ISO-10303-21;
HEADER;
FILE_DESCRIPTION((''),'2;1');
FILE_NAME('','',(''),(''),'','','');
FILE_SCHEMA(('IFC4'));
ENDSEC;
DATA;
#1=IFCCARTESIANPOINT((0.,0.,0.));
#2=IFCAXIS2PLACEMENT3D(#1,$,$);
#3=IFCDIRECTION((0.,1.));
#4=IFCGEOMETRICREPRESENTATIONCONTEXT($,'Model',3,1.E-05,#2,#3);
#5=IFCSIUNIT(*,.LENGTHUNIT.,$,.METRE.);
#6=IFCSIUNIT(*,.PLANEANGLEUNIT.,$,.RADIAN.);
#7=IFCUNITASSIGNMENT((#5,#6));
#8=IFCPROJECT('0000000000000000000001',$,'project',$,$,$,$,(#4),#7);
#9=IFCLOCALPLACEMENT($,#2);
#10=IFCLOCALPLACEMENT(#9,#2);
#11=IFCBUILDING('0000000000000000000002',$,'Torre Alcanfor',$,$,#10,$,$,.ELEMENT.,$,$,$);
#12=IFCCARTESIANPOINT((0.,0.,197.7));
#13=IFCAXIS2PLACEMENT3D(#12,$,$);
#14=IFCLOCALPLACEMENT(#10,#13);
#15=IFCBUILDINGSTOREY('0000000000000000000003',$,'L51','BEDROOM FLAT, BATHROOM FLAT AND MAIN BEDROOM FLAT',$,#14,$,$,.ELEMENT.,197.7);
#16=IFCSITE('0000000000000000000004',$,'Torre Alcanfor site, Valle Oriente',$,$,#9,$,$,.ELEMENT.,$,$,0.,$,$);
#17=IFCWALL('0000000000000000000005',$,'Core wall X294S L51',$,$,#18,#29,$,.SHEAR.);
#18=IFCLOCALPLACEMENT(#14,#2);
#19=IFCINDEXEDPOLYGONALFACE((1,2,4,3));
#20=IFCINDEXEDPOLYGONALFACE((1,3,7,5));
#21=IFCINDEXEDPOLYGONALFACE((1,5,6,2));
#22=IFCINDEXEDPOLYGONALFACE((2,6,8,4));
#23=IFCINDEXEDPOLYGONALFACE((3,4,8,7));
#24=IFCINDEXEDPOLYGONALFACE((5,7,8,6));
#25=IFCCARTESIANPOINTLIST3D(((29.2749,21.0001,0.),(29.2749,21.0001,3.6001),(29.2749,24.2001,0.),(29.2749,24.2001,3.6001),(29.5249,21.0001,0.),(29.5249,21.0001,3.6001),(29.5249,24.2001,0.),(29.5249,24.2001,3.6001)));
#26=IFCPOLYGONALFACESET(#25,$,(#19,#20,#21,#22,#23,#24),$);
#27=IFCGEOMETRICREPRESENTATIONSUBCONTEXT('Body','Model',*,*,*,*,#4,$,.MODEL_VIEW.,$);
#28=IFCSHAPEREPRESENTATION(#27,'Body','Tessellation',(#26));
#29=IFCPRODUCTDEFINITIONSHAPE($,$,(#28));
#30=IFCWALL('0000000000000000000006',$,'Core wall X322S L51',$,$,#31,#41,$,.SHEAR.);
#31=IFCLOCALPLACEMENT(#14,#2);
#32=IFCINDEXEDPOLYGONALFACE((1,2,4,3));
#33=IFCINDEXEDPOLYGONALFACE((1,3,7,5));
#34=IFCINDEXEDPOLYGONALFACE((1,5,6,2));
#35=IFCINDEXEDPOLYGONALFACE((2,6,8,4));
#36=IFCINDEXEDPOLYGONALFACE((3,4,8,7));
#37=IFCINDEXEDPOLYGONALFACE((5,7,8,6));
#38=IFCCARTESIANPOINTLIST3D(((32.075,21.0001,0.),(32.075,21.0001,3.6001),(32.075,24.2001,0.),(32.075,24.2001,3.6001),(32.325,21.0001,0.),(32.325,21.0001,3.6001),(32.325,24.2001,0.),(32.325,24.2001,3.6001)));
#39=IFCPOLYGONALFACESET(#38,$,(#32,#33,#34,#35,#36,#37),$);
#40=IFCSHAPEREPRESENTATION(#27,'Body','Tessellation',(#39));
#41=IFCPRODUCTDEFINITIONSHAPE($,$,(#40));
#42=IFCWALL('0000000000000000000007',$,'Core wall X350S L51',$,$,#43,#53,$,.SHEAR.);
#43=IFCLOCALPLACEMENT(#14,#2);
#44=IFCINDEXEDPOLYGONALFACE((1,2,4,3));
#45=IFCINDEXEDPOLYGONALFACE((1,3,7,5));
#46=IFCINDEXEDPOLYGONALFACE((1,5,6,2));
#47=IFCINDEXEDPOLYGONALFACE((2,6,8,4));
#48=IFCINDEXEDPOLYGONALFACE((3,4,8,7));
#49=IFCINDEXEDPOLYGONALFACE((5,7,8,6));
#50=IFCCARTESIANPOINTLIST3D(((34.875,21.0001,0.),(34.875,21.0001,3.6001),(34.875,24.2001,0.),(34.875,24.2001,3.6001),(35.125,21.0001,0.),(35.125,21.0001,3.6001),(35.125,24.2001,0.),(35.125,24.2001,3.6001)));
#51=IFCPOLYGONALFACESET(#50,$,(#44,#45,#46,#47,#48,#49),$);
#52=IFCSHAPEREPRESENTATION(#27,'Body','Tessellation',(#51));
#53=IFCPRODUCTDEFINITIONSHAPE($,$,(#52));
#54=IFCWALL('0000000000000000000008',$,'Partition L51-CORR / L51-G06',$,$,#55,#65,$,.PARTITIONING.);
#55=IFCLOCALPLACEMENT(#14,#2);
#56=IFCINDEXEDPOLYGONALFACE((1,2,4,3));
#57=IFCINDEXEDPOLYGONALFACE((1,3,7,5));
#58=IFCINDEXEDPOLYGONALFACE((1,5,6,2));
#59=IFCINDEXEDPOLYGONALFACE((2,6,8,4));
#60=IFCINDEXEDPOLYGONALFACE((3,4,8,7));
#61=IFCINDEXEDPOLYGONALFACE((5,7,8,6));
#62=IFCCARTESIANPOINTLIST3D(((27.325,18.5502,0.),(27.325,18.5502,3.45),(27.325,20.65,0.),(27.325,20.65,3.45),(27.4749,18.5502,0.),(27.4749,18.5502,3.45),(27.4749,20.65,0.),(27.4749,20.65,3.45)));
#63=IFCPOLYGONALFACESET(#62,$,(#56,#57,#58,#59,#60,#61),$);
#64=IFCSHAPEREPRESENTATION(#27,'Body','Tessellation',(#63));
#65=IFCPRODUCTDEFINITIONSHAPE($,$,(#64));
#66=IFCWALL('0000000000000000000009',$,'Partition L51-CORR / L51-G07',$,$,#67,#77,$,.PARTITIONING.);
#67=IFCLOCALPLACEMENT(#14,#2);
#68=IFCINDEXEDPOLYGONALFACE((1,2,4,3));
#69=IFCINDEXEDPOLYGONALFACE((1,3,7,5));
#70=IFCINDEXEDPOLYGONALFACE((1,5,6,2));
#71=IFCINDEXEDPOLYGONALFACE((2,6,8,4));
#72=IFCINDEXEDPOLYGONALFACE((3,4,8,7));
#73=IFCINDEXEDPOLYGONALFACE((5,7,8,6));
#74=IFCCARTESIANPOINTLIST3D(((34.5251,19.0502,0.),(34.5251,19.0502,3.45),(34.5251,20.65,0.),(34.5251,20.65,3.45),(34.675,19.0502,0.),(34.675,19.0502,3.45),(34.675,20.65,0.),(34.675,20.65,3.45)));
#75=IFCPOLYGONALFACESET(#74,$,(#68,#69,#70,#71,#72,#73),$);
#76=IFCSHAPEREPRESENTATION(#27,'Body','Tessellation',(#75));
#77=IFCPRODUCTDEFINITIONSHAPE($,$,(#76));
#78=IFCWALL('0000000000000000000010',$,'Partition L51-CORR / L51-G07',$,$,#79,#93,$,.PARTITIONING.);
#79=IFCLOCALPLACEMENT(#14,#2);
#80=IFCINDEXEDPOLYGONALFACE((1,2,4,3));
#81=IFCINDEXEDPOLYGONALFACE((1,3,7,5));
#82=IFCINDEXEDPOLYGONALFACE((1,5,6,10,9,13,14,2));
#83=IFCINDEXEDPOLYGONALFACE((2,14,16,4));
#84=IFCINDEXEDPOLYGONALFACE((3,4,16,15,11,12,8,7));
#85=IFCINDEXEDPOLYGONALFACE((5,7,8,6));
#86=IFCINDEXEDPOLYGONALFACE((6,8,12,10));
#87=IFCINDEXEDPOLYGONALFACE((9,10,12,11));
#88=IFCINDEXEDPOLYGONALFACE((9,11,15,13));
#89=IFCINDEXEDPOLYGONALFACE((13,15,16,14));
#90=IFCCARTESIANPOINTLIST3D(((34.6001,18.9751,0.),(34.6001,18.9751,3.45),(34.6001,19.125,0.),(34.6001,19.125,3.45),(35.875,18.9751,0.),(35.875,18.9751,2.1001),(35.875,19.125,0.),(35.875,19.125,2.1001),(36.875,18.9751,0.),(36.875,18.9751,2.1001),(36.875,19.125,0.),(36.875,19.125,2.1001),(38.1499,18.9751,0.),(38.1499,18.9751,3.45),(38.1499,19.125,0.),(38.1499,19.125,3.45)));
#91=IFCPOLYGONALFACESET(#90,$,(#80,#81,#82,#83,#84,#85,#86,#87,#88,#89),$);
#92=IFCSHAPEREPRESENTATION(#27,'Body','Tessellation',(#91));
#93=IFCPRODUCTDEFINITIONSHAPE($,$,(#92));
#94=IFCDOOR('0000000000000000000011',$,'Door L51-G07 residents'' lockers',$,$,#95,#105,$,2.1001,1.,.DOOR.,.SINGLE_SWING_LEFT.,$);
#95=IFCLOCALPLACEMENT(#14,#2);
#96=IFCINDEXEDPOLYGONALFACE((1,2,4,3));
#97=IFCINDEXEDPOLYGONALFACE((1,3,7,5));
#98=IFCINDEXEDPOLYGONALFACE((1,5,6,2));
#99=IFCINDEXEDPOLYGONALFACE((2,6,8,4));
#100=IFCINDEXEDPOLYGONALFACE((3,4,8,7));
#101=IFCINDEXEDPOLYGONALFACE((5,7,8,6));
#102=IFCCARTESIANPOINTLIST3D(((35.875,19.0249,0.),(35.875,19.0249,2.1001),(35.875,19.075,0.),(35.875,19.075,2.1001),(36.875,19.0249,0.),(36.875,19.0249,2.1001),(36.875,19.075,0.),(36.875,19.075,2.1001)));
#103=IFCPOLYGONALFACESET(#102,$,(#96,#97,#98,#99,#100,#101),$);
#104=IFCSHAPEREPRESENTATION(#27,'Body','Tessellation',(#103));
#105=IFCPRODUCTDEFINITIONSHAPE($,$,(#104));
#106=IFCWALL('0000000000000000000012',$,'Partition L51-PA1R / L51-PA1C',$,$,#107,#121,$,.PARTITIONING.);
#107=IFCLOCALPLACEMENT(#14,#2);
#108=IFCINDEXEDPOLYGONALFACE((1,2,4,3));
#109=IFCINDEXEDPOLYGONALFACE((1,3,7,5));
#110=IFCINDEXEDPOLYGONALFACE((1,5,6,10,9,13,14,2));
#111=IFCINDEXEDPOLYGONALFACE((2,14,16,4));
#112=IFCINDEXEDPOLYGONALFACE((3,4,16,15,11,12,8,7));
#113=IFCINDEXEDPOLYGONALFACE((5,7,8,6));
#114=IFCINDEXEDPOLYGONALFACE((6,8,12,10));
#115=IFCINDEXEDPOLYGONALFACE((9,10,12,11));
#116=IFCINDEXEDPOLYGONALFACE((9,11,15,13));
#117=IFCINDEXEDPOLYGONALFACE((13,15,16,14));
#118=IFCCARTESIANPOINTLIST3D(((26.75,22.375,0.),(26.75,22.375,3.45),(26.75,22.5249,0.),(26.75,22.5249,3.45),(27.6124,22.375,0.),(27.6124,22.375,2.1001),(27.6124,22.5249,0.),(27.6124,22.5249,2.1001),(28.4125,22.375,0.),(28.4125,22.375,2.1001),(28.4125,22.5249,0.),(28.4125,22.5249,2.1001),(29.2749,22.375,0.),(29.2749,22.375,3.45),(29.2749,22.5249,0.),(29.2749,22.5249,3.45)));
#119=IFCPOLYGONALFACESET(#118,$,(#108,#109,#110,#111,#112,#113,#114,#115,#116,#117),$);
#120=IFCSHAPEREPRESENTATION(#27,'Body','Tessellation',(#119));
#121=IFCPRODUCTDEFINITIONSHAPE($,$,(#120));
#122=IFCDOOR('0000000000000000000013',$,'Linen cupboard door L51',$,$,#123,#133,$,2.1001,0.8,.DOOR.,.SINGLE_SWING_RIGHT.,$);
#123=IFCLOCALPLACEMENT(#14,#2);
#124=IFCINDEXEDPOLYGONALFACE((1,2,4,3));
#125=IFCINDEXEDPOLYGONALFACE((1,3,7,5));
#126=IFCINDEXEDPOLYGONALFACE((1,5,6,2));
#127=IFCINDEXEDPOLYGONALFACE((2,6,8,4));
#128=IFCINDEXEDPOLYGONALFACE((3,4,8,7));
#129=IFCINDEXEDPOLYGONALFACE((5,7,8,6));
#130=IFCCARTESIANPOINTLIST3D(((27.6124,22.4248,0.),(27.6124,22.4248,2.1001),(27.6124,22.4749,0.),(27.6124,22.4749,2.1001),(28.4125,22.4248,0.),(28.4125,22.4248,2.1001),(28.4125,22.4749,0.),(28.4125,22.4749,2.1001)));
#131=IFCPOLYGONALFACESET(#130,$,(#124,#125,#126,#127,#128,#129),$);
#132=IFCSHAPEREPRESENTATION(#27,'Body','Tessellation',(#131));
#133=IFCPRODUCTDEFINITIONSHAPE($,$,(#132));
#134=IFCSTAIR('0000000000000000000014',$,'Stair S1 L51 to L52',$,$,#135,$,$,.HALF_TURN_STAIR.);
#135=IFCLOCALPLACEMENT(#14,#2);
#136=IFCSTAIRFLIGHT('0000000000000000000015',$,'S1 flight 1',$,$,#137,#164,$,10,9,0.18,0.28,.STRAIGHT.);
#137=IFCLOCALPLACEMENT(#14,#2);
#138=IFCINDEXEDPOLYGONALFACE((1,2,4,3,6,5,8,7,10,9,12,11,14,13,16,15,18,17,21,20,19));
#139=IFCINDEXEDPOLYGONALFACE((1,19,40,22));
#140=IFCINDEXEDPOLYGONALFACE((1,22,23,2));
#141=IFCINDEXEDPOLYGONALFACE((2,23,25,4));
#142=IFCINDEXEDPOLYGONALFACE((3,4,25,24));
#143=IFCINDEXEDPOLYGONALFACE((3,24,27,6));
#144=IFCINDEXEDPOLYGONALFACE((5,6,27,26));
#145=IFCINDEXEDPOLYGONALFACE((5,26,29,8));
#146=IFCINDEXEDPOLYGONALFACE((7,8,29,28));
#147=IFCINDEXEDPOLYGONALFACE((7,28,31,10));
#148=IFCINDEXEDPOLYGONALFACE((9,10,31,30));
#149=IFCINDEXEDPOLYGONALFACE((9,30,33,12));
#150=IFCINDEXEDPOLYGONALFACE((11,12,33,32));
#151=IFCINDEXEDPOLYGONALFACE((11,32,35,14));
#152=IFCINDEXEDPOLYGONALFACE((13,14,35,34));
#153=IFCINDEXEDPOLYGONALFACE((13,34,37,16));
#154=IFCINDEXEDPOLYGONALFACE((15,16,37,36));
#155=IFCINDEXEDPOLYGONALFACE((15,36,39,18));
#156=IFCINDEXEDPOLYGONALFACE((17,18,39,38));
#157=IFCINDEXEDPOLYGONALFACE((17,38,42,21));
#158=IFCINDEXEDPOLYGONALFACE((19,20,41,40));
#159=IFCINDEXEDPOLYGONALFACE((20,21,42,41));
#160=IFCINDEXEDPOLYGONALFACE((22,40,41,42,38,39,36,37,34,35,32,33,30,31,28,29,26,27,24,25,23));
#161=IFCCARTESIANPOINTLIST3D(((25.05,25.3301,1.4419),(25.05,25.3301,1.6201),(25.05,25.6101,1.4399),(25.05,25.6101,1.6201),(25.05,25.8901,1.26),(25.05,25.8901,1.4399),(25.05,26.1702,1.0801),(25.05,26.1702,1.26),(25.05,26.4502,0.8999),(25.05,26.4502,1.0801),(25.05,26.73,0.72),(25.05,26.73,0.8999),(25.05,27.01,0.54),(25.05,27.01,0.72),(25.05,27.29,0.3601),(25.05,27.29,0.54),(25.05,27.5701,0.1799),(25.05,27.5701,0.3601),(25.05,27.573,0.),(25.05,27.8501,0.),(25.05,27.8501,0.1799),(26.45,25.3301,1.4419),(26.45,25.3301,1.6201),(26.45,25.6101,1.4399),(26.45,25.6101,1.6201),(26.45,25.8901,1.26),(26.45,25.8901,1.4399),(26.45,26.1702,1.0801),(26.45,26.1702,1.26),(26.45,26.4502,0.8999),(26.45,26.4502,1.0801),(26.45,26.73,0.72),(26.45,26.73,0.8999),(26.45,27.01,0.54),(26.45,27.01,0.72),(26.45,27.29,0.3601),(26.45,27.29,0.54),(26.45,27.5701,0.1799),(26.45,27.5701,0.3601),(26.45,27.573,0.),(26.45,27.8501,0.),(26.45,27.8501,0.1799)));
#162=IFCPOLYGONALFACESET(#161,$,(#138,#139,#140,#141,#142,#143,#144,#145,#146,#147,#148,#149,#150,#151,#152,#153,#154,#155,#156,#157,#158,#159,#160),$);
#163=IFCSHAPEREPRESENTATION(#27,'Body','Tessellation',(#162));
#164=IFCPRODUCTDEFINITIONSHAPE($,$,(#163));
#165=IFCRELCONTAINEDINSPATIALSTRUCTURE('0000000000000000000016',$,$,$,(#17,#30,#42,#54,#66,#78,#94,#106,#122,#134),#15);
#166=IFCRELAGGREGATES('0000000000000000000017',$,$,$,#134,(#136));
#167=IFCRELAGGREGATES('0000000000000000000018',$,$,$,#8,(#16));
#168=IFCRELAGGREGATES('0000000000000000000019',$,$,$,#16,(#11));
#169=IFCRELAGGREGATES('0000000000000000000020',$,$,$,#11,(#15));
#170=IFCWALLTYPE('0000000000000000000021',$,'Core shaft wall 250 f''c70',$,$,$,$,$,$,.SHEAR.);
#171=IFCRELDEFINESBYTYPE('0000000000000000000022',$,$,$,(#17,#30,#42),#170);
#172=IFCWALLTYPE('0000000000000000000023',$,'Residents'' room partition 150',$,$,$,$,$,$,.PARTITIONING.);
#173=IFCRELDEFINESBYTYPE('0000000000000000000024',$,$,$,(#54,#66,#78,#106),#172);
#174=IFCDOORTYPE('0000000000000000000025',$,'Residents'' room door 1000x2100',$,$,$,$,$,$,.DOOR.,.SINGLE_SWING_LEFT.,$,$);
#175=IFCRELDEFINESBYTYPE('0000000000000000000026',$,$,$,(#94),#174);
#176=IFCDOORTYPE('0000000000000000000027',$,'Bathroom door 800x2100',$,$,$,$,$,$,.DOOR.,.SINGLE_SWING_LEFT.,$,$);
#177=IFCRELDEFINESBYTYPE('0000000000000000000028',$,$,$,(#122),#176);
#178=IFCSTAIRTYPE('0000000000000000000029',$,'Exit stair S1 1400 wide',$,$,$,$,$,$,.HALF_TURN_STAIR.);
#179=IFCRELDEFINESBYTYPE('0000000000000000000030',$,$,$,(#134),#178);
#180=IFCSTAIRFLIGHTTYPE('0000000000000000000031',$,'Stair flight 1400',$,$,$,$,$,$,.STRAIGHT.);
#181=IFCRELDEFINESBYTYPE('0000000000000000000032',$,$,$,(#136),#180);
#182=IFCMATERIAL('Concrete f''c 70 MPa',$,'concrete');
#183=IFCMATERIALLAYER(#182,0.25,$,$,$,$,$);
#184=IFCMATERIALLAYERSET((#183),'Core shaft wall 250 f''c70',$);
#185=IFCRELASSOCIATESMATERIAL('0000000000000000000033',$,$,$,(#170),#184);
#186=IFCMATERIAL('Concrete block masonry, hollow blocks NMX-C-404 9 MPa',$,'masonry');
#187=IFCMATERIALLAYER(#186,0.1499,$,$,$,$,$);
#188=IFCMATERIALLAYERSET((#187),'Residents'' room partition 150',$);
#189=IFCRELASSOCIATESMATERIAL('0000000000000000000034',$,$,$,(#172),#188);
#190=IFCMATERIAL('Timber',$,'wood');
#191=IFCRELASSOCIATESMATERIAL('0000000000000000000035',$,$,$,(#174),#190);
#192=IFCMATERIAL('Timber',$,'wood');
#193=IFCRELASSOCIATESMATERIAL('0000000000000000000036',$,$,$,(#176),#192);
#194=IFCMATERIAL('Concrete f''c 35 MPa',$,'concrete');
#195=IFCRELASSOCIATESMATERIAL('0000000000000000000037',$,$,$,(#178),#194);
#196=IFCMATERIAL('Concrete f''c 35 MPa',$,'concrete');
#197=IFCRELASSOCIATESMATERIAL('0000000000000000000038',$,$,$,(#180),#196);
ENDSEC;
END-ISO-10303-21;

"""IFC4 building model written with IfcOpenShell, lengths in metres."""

from ifc_helpers import new_model, si_unit, direction, frame, frame_2d, origin, place, context, subcontext, project, spatial, polyline, rectangle, outline, extrude, material, layer, layer_set, type_object, element, fill, aggregate, save


model = new_model("IFC4")

# Units and contexts
model_context = context("Model", 3, precision=1e-05, world=origin(), true_north=direction((0.0, 1.0)))
body_context = subcontext(model_context, "Body", "Model", "MODEL_VIEW")
ifc_project = project(units=[si_unit("LENGTHUNIT", "METRE"), si_unit("PLANEANGLEUNIT", "RADIAN")], contexts=[model_context])

# Site, building, storey
site_placement = place(None, origin())
site = spatial("IfcSite", under=ifc_project, at=site_placement, Name="Torre Alcanfor site, Valle Oriente", CompositionType="ELEMENT", RefElevation=0.0)
building_placement = place(site_placement, origin())
building = spatial("IfcBuilding", under=site, at=building_placement, Name="Torre Alcanfor", CompositionType="ELEMENT")
storey_placement = place(building_placement, frame((0.0, 0.0, 197.7)))
storey = spatial("IfcBuildingStorey", under=building, at=storey_placement, Name="L51", Description="BEDROOM FLAT, BATHROOM FLAT AND MAIN BEDROOM FLAT", CompositionType="ELEMENT", Elevation=197.7)

# Walls
ifc_material_1 = material(Name="Concrete f'c 70 MPa", Category="concrete")
ifc_layer_1 = layer(ifc_material_1, 0.25)
ifc_layer_set_1 = layer_set([ifc_layer_1], Name="Core shaft wall 250 f'c70")
wall_type_1 = type_object("IfcWallType", Name="Core shaft wall 250 f'c70", PredefinedType="SHEAR", material=ifc_layer_set_1)
for number, where, z_axis, x_axis, name in (
    (1, (29.3999, 21.0, 0.0), (0.0, 0.0, 1.0), (0.0, 1.0, 0.0), "Core wall X294S L51"),
    (2, (32.2, 21.0, 0.0), (0.0, 0.0, 1.0), (0.0, 1.0, 0.0), "Core wall X322S L51"),
    (3, (35.0, 21.0, 0.0), (0.0, 0.0, 1.0), (0.0, 1.0, 0.0), "Core wall X350S L51"),
):
    element("IfcWall", number, at=place(storey_placement, frame(where, z_axis=z_axis, x_axis=x_axis)), inside=storey, type_object=wall_type_1, Name=name, PredefinedType="SHEAR", context=body_context, shape_type="SweptSolid", body=[
        extrude(rectangle(XDim=3.2, YDim=0.25, at=frame_2d((1.6001, 0.0))), origin(), (0.0, 0.0, 1.0), 3.6001),
    ])
ifc_material_2 = material(Name="Concrete block masonry, hollow blocks NMX-C-404 9 MPa", Category="masonry")
ifc_layer_2 = layer(ifc_material_2, 0.1499)
ifc_layer_set_2 = layer_set([ifc_layer_2], Name="Residents' room partition 150")
wall_type_2 = type_object("IfcWallType", Name="Residents' room partition 150", PredefinedType="PARTITIONING", material=ifc_layer_set_2)
wall_1_placement = place(storey_placement, frame((27.3999, 20.6499, 0.0), z_axis=(0.0, 0.0, 1.0), x_axis=(0.0, -1.0, 0.0)))
element("IfcWall", 4, at=wall_1_placement, inside=storey, type_object=wall_type_2, Name="Partition L51-CORR / L51-G06", PredefinedType="PARTITIONING", context=body_context, shape_type="SweptSolid", body=[
    extrude(rectangle(XDim=2.0999, YDim=0.1499, at=frame_2d((1.0498, 0.0))), origin(), (0.0, 0.0, 1.0), 3.45),
])
wall_2_placement = place(storey_placement, frame((34.6001, 20.6499, 0.0), z_axis=(0.0, 0.0, 1.0), x_axis=(0.0, -1.0, 0.0)))
element("IfcWall", 5, at=wall_2_placement, inside=storey, type_object=wall_type_2, Name="Partition L51-CORR / L51-G07", PredefinedType="PARTITIONING", context=body_context, shape_type="SweptSolid", body=[
    extrude(rectangle(XDim=1.5999, YDim=0.1499, at=frame_2d((0.7998, 0.0))), origin(), (0.0, 0.0, 1.0), 3.45),
])

# Walls, openings, doors
wall_3_placement = place(storey_placement, frame((34.6001, 19.05, 0.0), z_axis=(0.0, 0.0, 1.0), x_axis=(1.0, 0.0, 0.0)))
wall_3 = element("IfcWall", 6, at=wall_3_placement, inside=storey, type_object=wall_type_2, Name="Partition L51-CORR / L51-G07", PredefinedType="PARTITIONING", context=body_context, shape_type="SweptSolid", body=[
    extrude(rectangle(XDim=3.5498, YDim=0.1499, at=frame_2d((1.7749, 0.0))), origin(), (0.0, 0.0, 1.0), 3.45),
])
opening_1_placement = place(wall_3_placement, frame((1.2749, 0.0, 0.0)))
opening_1 = element("IfcOpeningElement", 7, at=opening_1_placement, cuts=wall_3, PredefinedType="OPENING", context=body_context, shape_type="SweptSolid", body=[
    extrude(rectangle(XDim=1.0, YDim=2.1001, at=frame_2d((0.5, 1.05))), frame((0.0, 0.085, 0.0), z_axis=(0.0, -1.0, 0.0), x_axis=(1.0, 0.0, 0.0)), (0.0, 0.0, 1.0), 0.1699),
])
ifc_material_3 = material(Name="Timber", Category="wood")
door_type_1 = type_object("IfcDoorType", Name="Residents' room door 1000x2100", OperationType="SINGLE_SWING_LEFT", PredefinedType="DOOR", material=ifc_material_3)
door_1_placement = place(opening_1_placement, origin())
door_1 = element("IfcDoor", 8, at=door_1_placement, inside=storey, type_object=door_type_1, Name="Door L51-G07 residents' lockers", OperationType="SINGLE_SWING_LEFT", OverallHeight=2.1001, OverallWidth=1.0, PredefinedType="DOOR", context=body_context, shape_type="SweptSolid", body=[
    extrude(rectangle(XDim=1.0, YDim=2.1001, at=frame_2d((0.5, 1.05))), frame((0.0, 0.0249, 0.0), z_axis=(0.0, -1.0, 0.0), x_axis=(1.0, 0.0, 0.0)), (0.0, 0.0, 1.0), 0.05),
])
fill(opening_1, door_1)
wall_4_placement = place(storey_placement, frame((26.75, 22.45, 0.0), z_axis=(0.0, 0.0, 1.0), x_axis=(1.0, 0.0, 0.0)))
wall_4 = element("IfcWall", 9, at=wall_4_placement, inside=storey, type_object=wall_type_2, Name="Partition L51-PA1R / L51-PA1C", PredefinedType="PARTITIONING", context=body_context, shape_type="SweptSolid", body=[
    extrude(rectangle(XDim=2.5249, YDim=0.1499, at=frame_2d((1.2625, 0.0))), origin(), (0.0, 0.0, 1.0), 3.45),
])
opening_2_placement = place(wall_4_placement, frame((0.8625, 0.0, 0.0)))
opening_2 = element("IfcOpeningElement", 10, at=opening_2_placement, cuts=wall_4, PredefinedType="OPENING", context=body_context, shape_type="SweptSolid", body=[
    extrude(rectangle(XDim=0.8, YDim=2.1001, at=frame_2d((0.3999, 1.05))), frame((0.0, 0.085, 0.0), z_axis=(0.0, -1.0, 0.0), x_axis=(1.0, 0.0, 0.0)), (0.0, 0.0, 1.0), 0.1699),
])
ifc_material_4 = material(Name="Timber", Category="wood")
door_type_2 = type_object("IfcDoorType", Name="Bathroom door 800x2100", OperationType="SINGLE_SWING_LEFT", PredefinedType="DOOR", material=ifc_material_4)
door_2_placement = place(opening_2_placement, frame((0.8, 0.0, 0.0), z_axis=(0.0, 0.0, 1.0), x_axis=(-1.0, 0.0, 0.0)))
door_2 = element("IfcDoor", 11, at=door_2_placement, inside=storey, type_object=door_type_2, Name="Linen cupboard door L51", OperationType="SINGLE_SWING_RIGHT", OverallHeight=2.1001, OverallWidth=0.8, PredefinedType="DOOR", context=body_context, shape_type="SweptSolid", body=[
    extrude(rectangle(XDim=0.8, YDim=2.1001, at=frame_2d((0.4001, 1.05))), frame((0.0, 0.0251, 0.0), z_axis=(0.0, -1.0, 0.0), x_axis=(1.0, 0.0, 0.0)), (0.0, 0.0, 1.0), 0.05),
])
fill(opening_2, door_2)

# Stair, stair flight
ifc_material_5 = material(Name="Concrete f'c 35 MPa", Category="concrete")
stair_type = type_object("IfcStairType", Name="Exit stair S1 1400 wide", PredefinedType="HALF_TURN_STAIR", material=ifc_material_5)
stair_placement = place(storey_placement, origin())
stair = element("IfcStair", 12, at=stair_placement, inside=storey, type_object=stair_type, Name="Stair S1 L51 to L52", PredefinedType="HALF_TURN_STAIR")
ifc_material_6 = material(Name="Concrete f'c 35 MPa", Category="concrete")
stair_flight_type = type_object("IfcStairFlightType", Name="Stair flight 1400", PredefinedType="STRAIGHT", material=ifc_material_6)
stair_flight_placement = place(storey_placement, frame((25.75, 27.8501, 0.0), z_axis=(0.0, 0.0, 1.0), x_axis=(0.0, -1.0, 0.0)))
stair_flight = element("IfcStairFlight", 13, at=stair_flight_placement, type_object=stair_flight_type, Name="S1 flight 1", NumberOfRisers=10, NumberOfTreads=9, PredefinedType="STRAIGHT", RiserHeight=0.18, TreadLength=0.28, context=body_context, shape_type="SweptSolid", body=[
    extrude(outline(polyline([(0.0, 0.0), (0.0, 0.1799), (0.28, 0.1799), (0.28, 0.3601), (0.5601, 0.3601), (0.5601, 0.54), (0.8401, 0.54), (0.8401, 0.72), (1.1201, 0.72), (1.1201, 0.8999), (1.3999, 0.8999), (1.3999, 1.0801), (1.6799, 1.0801), (1.6799, 1.26), (1.96, 1.26), (1.96, 1.4399), (2.24, 1.4399), (2.24, 1.6201), (2.52, 1.6201), (2.52, 1.8), (2.52, 1.4419), (0.2771, 0.0), (0.0, 0.0)])), frame((0.0, 0.7, 0.0), z_axis=(0.0, -1.0, 0.0), x_axis=(1.0, 0.0, 0.0)), (0.0, 0.0, 1.0), 1.3999),
])
aggregate(stair, [stair_flight])

save(model, "model.ifc")
